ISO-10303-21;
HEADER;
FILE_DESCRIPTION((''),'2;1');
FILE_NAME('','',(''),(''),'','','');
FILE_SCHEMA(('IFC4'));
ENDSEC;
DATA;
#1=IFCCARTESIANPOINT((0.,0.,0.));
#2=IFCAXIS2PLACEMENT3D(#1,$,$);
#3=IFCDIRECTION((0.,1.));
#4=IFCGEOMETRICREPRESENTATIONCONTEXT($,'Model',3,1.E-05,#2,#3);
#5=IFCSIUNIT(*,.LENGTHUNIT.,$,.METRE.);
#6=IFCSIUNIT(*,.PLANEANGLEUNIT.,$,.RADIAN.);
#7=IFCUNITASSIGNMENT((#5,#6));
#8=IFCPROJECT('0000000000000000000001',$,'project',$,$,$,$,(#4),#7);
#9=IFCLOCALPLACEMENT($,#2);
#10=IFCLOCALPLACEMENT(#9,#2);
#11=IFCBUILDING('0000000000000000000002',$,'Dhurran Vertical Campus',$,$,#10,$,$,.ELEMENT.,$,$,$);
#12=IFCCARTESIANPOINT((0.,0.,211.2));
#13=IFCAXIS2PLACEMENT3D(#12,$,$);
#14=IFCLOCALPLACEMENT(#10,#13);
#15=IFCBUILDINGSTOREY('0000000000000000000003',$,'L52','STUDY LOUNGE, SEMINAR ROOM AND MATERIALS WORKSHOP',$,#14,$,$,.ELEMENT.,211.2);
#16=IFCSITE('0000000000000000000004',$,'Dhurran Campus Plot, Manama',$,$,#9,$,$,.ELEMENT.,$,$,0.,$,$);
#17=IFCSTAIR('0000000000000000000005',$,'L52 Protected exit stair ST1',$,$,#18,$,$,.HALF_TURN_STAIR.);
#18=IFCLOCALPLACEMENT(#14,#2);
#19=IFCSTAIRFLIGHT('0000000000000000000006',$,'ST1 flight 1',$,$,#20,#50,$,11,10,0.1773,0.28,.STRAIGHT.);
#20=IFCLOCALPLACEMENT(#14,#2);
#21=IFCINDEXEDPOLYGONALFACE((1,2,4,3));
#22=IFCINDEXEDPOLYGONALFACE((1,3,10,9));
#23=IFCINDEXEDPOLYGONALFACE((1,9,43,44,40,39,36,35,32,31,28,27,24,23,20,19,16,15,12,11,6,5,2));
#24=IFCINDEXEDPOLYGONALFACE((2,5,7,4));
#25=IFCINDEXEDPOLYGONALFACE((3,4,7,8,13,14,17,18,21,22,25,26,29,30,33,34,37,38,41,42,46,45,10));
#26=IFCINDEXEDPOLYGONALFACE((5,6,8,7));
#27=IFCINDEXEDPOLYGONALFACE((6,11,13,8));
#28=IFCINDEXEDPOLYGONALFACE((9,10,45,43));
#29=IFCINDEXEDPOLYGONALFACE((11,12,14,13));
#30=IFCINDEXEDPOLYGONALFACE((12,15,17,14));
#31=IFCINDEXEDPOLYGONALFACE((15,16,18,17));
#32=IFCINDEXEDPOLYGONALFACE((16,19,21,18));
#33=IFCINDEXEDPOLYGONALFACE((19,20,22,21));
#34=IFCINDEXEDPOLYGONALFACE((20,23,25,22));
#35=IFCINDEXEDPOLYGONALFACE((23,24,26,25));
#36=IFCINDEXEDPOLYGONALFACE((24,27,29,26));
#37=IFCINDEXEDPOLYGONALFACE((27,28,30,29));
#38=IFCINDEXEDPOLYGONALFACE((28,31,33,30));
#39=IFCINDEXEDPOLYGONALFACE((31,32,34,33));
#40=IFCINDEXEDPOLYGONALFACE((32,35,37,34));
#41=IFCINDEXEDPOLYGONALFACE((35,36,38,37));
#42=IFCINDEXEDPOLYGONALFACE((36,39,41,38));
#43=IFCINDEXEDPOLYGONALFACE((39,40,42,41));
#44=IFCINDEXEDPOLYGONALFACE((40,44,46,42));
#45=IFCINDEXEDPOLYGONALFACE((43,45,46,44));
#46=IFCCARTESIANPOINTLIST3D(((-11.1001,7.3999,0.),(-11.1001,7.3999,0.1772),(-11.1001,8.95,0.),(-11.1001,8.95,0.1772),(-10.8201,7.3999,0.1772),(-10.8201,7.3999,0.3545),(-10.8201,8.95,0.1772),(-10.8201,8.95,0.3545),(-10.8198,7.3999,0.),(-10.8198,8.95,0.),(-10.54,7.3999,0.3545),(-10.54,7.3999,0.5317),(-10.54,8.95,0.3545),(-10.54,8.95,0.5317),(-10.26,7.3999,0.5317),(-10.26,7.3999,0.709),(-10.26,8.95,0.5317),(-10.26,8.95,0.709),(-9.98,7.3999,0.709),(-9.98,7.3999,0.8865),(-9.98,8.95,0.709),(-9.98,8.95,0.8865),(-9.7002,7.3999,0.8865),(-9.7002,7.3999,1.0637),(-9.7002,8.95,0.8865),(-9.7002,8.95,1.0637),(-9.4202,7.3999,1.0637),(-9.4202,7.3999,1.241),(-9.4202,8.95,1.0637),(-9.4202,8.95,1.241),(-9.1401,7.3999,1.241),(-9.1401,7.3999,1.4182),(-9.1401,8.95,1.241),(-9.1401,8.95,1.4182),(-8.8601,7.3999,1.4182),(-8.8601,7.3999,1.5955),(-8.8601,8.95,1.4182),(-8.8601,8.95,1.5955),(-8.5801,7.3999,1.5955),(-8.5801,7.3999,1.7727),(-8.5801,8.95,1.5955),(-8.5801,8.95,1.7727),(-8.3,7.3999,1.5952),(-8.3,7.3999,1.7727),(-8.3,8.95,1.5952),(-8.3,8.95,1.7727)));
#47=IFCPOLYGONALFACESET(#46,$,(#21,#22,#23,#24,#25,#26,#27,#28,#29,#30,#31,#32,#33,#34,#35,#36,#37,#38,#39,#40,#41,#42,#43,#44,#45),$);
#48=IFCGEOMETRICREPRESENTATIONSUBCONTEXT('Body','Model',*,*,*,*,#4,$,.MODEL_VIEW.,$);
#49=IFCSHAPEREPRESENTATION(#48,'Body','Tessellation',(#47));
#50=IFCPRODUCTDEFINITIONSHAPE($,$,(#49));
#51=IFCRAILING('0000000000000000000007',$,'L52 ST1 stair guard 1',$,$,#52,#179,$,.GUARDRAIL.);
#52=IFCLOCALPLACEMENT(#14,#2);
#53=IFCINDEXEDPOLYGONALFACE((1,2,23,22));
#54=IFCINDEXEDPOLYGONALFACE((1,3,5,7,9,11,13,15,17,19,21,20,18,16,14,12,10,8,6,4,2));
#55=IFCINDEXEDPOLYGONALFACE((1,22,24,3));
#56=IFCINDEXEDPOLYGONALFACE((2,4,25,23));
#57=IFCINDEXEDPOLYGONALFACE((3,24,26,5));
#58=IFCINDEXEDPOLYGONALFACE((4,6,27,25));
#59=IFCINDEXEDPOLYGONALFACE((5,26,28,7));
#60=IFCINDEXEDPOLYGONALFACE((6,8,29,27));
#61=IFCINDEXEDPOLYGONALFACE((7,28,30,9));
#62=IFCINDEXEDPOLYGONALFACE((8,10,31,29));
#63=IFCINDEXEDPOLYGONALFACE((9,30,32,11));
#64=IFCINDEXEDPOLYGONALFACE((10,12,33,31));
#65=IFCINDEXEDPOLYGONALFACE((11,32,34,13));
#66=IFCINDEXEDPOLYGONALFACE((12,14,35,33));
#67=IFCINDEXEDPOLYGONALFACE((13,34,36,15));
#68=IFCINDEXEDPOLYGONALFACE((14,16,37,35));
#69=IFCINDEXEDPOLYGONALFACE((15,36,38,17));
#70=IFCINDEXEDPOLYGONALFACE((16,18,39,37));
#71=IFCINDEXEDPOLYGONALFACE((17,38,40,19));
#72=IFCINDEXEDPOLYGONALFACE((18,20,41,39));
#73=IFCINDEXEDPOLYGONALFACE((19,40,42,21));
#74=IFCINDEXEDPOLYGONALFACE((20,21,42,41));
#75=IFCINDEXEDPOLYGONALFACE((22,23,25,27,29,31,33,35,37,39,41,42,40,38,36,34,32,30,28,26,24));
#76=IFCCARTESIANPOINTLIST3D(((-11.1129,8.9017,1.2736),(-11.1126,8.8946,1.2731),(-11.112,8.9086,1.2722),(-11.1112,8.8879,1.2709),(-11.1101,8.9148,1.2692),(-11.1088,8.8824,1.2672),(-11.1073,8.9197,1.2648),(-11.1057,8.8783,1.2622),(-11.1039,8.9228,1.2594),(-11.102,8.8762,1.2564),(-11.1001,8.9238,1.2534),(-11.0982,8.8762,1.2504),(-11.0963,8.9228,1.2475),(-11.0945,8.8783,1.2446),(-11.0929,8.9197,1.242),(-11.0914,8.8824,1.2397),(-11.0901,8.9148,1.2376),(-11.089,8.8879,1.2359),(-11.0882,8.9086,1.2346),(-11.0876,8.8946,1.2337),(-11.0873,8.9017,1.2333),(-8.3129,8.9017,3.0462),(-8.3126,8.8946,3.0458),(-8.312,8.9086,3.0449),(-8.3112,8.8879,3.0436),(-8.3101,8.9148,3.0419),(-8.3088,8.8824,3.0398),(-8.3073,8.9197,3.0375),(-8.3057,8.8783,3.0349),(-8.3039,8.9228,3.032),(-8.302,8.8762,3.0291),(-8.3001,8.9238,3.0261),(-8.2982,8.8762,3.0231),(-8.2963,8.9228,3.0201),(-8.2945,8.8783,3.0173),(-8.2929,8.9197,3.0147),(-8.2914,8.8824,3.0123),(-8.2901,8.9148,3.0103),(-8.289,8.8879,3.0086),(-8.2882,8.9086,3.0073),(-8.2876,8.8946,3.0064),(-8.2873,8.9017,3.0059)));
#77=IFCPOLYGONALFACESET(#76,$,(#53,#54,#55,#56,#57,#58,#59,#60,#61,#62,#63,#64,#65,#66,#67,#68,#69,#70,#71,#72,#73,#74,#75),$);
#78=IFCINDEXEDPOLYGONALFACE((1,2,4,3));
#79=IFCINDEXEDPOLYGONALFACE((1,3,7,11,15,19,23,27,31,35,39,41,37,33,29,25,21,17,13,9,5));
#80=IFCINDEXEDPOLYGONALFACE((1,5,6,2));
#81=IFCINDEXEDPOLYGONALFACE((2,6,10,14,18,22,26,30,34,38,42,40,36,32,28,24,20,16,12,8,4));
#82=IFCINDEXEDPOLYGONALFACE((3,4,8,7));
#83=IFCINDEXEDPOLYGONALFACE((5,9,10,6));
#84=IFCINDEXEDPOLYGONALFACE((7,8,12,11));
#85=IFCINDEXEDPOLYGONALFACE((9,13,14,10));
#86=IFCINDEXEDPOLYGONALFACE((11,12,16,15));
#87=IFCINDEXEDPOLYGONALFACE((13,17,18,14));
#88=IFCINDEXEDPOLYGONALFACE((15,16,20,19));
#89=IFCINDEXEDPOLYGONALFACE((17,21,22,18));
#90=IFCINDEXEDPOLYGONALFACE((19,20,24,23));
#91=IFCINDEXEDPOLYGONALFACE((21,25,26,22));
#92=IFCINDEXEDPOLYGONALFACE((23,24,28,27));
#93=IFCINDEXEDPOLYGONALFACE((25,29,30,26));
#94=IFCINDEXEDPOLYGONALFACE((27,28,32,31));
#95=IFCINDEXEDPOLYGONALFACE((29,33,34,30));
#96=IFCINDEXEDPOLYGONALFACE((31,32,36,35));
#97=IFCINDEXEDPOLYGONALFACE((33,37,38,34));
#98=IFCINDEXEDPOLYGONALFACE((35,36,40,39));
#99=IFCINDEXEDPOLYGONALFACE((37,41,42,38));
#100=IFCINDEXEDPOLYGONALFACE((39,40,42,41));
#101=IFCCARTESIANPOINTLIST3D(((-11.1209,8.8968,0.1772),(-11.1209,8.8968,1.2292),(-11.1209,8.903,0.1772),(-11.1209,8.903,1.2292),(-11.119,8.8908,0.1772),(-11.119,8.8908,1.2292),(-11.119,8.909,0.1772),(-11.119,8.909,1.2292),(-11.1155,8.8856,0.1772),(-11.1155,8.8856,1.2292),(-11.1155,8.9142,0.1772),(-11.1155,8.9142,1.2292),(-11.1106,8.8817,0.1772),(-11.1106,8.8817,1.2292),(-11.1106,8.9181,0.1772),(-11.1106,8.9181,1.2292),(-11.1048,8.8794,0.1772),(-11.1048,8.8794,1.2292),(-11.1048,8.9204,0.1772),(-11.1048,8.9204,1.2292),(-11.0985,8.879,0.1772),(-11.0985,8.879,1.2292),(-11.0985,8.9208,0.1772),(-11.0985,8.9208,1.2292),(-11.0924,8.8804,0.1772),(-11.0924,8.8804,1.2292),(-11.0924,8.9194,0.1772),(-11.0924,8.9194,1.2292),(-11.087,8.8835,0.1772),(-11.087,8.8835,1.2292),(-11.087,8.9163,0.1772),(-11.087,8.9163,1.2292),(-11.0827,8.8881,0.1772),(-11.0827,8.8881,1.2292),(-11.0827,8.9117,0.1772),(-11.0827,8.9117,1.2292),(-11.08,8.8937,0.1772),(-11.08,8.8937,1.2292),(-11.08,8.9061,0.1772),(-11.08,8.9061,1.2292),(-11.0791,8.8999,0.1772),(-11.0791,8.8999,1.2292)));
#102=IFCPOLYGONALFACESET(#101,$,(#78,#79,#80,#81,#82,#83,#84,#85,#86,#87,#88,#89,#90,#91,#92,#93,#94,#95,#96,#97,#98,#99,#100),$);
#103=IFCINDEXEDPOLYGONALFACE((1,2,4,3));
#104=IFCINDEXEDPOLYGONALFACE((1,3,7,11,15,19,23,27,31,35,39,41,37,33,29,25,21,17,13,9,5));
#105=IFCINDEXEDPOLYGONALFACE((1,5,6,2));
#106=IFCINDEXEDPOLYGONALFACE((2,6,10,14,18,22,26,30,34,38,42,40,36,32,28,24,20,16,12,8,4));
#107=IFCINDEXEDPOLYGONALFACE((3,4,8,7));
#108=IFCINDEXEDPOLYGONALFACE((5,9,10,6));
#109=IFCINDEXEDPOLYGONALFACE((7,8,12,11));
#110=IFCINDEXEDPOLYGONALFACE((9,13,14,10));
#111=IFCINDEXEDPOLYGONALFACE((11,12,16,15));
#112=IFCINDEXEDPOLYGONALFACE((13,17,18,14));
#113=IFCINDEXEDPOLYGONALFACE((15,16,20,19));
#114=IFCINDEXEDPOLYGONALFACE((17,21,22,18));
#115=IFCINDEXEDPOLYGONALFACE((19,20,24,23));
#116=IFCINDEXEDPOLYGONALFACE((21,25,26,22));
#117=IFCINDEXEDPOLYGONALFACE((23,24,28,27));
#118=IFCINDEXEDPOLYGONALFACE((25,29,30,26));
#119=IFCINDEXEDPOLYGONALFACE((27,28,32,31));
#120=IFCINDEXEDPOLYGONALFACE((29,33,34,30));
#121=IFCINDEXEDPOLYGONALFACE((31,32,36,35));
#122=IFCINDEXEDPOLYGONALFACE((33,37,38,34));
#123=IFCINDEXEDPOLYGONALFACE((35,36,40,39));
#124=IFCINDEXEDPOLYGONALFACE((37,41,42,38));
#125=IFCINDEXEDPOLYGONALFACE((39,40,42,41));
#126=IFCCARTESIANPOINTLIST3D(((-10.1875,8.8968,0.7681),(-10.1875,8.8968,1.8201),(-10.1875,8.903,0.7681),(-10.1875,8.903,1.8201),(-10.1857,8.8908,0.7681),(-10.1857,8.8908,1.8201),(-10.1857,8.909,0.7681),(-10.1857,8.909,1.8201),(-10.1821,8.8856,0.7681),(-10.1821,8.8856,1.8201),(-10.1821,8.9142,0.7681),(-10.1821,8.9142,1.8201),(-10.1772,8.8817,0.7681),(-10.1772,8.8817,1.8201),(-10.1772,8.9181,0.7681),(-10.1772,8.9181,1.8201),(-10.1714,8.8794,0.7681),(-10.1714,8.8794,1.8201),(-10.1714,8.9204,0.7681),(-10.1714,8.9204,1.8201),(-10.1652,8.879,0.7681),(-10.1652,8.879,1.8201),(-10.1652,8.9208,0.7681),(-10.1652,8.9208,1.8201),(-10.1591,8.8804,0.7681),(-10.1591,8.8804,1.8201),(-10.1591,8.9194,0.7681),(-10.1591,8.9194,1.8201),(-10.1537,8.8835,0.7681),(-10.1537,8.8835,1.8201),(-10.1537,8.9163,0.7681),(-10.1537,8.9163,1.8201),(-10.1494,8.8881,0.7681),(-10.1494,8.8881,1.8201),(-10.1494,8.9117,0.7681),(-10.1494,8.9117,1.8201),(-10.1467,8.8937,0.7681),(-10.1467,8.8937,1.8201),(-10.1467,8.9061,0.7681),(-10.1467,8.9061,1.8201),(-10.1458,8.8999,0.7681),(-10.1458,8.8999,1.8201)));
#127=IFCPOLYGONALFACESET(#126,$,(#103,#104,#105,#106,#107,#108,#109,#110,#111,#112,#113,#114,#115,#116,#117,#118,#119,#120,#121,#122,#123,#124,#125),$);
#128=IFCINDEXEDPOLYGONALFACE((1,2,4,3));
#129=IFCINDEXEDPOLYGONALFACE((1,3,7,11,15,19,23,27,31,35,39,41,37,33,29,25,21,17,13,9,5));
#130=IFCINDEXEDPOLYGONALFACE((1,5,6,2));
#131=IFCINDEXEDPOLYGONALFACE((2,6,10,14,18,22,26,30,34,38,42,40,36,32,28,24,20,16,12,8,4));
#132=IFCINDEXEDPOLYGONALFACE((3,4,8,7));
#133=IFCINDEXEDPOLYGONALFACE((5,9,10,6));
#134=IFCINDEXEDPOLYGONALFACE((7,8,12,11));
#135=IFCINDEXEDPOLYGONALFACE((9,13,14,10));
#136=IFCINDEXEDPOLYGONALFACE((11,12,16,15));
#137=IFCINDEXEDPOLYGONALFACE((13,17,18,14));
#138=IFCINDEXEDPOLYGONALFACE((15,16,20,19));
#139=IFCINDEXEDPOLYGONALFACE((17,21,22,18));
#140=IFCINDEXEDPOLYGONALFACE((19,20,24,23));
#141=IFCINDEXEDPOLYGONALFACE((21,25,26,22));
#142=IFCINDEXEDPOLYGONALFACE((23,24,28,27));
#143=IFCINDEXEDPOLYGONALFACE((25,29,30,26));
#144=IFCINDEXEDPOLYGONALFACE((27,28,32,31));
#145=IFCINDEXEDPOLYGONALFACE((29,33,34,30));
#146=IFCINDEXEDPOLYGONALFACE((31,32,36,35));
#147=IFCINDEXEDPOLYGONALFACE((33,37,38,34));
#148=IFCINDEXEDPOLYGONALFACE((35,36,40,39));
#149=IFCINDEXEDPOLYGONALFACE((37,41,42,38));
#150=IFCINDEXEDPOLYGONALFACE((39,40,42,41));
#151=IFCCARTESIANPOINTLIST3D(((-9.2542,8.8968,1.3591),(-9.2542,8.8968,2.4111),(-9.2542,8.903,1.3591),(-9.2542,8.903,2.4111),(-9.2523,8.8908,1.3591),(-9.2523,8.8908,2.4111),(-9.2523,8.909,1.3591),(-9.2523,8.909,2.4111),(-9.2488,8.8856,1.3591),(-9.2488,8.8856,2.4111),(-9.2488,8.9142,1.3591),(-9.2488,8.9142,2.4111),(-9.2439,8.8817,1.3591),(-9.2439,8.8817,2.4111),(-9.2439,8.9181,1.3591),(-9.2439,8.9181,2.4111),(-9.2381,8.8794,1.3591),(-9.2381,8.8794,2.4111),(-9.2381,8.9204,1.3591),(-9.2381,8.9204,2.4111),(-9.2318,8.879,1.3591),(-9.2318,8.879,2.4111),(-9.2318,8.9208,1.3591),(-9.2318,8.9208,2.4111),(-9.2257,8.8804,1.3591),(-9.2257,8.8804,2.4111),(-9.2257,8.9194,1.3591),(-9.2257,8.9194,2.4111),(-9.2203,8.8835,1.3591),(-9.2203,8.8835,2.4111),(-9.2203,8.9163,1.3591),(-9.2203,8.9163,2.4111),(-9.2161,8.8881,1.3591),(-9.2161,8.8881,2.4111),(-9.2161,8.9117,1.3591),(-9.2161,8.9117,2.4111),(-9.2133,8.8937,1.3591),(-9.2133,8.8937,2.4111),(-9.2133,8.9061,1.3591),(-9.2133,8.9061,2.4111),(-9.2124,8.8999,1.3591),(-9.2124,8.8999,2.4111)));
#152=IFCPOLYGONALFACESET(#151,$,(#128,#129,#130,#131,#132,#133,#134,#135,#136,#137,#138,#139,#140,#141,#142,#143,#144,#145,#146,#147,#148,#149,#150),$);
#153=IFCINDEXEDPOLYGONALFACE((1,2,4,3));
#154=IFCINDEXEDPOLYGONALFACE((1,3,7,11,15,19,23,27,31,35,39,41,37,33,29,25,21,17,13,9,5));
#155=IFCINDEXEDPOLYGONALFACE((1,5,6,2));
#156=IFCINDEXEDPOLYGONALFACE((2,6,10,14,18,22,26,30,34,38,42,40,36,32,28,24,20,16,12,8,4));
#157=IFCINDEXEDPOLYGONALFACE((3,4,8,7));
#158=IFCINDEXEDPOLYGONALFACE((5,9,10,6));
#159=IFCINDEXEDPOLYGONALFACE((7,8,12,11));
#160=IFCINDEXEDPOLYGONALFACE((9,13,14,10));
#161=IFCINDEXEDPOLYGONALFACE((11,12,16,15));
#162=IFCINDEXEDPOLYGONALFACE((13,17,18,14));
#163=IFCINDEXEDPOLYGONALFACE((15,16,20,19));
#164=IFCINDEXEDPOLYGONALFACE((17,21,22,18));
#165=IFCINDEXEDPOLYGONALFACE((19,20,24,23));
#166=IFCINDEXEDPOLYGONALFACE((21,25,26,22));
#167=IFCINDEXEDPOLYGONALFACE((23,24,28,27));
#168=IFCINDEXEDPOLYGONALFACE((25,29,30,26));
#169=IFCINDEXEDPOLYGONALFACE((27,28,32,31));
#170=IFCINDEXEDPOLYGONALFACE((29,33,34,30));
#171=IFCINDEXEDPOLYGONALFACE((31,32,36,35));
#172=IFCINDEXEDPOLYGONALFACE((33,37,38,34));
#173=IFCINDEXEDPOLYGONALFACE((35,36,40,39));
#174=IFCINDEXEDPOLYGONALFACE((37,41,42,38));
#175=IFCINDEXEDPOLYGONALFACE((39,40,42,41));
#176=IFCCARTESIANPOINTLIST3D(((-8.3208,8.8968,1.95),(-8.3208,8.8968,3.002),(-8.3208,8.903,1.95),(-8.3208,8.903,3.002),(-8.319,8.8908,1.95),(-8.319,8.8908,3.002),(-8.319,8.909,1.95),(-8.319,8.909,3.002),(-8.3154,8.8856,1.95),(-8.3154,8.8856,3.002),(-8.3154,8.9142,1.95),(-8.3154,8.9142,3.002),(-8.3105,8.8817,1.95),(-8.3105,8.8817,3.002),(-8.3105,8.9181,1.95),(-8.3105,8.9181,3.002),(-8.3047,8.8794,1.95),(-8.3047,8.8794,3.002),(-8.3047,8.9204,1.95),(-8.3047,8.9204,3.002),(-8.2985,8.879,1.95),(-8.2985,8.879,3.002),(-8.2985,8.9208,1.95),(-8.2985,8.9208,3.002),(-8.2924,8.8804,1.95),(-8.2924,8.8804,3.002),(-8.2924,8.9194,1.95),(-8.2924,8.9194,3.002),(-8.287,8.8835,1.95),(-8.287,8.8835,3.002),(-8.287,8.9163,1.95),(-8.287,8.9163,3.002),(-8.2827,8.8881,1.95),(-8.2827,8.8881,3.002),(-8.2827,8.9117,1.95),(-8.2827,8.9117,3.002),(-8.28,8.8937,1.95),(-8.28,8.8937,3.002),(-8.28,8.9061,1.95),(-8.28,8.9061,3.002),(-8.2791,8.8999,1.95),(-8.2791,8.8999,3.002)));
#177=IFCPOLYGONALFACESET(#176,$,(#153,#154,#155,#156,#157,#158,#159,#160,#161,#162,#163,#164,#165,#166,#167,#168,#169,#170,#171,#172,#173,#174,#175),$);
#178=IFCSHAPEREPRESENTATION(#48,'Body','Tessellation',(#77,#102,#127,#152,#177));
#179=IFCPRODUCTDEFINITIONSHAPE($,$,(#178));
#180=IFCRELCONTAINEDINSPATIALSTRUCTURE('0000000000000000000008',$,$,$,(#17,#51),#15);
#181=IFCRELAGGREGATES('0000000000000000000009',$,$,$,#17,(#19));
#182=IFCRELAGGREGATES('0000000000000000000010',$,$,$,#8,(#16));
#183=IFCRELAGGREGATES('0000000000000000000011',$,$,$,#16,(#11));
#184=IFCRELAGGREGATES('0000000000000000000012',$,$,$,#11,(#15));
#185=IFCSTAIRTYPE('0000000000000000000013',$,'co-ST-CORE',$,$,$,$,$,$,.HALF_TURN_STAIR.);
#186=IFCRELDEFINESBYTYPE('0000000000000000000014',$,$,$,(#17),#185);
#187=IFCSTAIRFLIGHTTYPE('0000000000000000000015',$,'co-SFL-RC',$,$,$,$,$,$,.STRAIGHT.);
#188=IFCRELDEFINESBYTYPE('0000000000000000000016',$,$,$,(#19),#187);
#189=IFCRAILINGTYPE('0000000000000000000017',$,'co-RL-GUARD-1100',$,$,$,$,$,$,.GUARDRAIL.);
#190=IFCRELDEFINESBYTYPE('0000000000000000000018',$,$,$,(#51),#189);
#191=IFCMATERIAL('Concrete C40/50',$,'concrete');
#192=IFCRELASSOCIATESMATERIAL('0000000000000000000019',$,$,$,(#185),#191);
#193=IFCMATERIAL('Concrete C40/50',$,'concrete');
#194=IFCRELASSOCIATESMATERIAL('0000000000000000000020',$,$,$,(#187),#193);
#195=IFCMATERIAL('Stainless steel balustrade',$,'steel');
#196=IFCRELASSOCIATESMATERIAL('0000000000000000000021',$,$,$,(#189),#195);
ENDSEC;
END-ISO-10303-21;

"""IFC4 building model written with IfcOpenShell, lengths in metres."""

from ifc_helpers import new_model, si_unit, direction, frame, origin, origin_2d, place, context, subcontext, project, spatial, polyline, circle, outline, extrude, material, type_object, element, aggregate, save


model = new_model("IFC4")

# Units and contexts
model_context = context("Model", 3, precision=1e-05, world=origin(), true_north=direction((0.0, 1.0)))
body_context = subcontext(model_context, "Body", "Model", "MODEL_VIEW")
ifc_project = project(units=[si_unit("LENGTHUNIT", "METRE"), si_unit("PLANEANGLEUNIT", "RADIAN")], contexts=[model_context])

# Site, building, storey
site_placement = place(None, origin())
site = spatial("IfcSite", under=ifc_project, at=site_placement, Name="Dhurran Campus Plot, Manama", CompositionType="ELEMENT", RefElevation=0.0)
building_placement = place(site_placement, origin())
building = spatial("IfcBuilding", under=site, at=building_placement, Name="Dhurran Vertical Campus", CompositionType="ELEMENT")
storey_placement = place(building_placement, frame((0.0, 0.0, 211.2)))
storey = spatial("IfcBuildingStorey", under=building, at=storey_placement, Name="L52", Description="STUDY LOUNGE, SEMINAR ROOM AND MATERIALS WORKSHOP", CompositionType="ELEMENT", Elevation=211.2)

# Stair, stair flight
ifc_material_1 = material(Name="Concrete C40/50", Category="concrete")
stair_type = type_object("IfcStairType", Name="co-ST-CORE", PredefinedType="HALF_TURN_STAIR", material=ifc_material_1)
stair_placement = place(storey_placement, origin())
stair = element("IfcStair", 1, at=stair_placement, inside=storey, type_object=stair_type, Name="L52 Protected exit stair ST1", PredefinedType="HALF_TURN_STAIR")
ifc_material_2 = material(Name="Concrete C40/50", Category="concrete")
stair_flight_type = type_object("IfcStairFlightType", Name="co-SFL-RC", PredefinedType="STRAIGHT", material=ifc_material_2)
stair_flight_placement = place(storey_placement, frame((-11.1001, 8.175, 0.0), z_axis=(0.0, 0.0, 1.0), x_axis=(1.0, 0.0, 0.0)))
stair_flight = element("IfcStairFlight", 2, at=stair_flight_placement, type_object=stair_flight_type, Name="ST1 flight 1", NumberOfRisers=11, NumberOfTreads=10, PredefinedType="STRAIGHT", RiserHeight=0.1773, TreadLength=0.28, context=body_context, shape_type="SweptSolid", body=[
    extrude(outline(polyline([(0.0, 0.0), (0.0, 0.1772), (0.28, 0.1772), (0.28, 0.3545), (0.5601, 0.3545), (0.5601, 0.5317), (0.8401, 0.5317), (0.8401, 0.709), (1.1201, 0.709), (1.1201, 0.8865), (1.3999, 0.8865), (1.3999, 1.0637), (1.6799, 1.0637), (1.6799, 1.241), (1.96, 1.241), (1.96, 1.4182), (2.24, 1.4182), (2.24, 1.5955), (2.52, 1.5955), (2.52, 1.7727), (2.8, 1.7727), (2.8, 1.95), (2.8, 1.5952), (0.2803, 0.0), (0.0, 0.0)])), frame((0.0, 0.7749, 0.0), z_axis=(0.0, -1.0, 0.0), x_axis=(1.0, 0.0, 0.0)), (0.0, 0.0, 1.0), 1.55),
])
aggregate(stair, [stair_flight])

# Railing
ifc_material_3 = material(Name="Stainless steel balustrade", Category="steel")
railing_type_1 = type_object("IfcRailingType", Name="co-RL-GUARD-1100", PredefinedType="GUARDRAIL", material=ifc_material_3)
railing_1_placement = place(storey_placement, frame((-11.1001, 8.8999, 0.1772)))
element("IfcRailing", 3, at=railing_1_placement, inside=storey, type_object=railing_type_1, Name="L52 ST1 stair guard 1", PredefinedType="GUARDRAIL", context=body_context, shape_type="SweptSolid", body=[
    extrude(circle(Radius=0.0239, at=origin_2d()), frame((0.0, 0.0, 1.0762), z_axis=(0.844909, 0.0, 0.53491), x_axis=(0.0, 1.0, 0.0)), (0.0, 0.0, 1.0), 3.314),
    extrude(circle(Radius=0.021, at=origin_2d()), origin(), (0.0, 0.0, 1.0), 1.052),
    extrude(circle(Radius=0.021, at=origin_2d()), frame((0.9333, 0.0, 0.5908)), (0.0, 0.0, 1.0), 1.052),
    extrude(circle(Radius=0.021, at=origin_2d()), frame((1.8667, 0.0, 1.1819)), (0.0, 0.0, 1.0), 1.052),
    extrude(circle(Radius=0.021, at=origin_2d()), frame((2.8, 0.0, 1.7727)), (0.0, 0.0, 1.0), 1.052),
])

save(model, "model.ifc")
